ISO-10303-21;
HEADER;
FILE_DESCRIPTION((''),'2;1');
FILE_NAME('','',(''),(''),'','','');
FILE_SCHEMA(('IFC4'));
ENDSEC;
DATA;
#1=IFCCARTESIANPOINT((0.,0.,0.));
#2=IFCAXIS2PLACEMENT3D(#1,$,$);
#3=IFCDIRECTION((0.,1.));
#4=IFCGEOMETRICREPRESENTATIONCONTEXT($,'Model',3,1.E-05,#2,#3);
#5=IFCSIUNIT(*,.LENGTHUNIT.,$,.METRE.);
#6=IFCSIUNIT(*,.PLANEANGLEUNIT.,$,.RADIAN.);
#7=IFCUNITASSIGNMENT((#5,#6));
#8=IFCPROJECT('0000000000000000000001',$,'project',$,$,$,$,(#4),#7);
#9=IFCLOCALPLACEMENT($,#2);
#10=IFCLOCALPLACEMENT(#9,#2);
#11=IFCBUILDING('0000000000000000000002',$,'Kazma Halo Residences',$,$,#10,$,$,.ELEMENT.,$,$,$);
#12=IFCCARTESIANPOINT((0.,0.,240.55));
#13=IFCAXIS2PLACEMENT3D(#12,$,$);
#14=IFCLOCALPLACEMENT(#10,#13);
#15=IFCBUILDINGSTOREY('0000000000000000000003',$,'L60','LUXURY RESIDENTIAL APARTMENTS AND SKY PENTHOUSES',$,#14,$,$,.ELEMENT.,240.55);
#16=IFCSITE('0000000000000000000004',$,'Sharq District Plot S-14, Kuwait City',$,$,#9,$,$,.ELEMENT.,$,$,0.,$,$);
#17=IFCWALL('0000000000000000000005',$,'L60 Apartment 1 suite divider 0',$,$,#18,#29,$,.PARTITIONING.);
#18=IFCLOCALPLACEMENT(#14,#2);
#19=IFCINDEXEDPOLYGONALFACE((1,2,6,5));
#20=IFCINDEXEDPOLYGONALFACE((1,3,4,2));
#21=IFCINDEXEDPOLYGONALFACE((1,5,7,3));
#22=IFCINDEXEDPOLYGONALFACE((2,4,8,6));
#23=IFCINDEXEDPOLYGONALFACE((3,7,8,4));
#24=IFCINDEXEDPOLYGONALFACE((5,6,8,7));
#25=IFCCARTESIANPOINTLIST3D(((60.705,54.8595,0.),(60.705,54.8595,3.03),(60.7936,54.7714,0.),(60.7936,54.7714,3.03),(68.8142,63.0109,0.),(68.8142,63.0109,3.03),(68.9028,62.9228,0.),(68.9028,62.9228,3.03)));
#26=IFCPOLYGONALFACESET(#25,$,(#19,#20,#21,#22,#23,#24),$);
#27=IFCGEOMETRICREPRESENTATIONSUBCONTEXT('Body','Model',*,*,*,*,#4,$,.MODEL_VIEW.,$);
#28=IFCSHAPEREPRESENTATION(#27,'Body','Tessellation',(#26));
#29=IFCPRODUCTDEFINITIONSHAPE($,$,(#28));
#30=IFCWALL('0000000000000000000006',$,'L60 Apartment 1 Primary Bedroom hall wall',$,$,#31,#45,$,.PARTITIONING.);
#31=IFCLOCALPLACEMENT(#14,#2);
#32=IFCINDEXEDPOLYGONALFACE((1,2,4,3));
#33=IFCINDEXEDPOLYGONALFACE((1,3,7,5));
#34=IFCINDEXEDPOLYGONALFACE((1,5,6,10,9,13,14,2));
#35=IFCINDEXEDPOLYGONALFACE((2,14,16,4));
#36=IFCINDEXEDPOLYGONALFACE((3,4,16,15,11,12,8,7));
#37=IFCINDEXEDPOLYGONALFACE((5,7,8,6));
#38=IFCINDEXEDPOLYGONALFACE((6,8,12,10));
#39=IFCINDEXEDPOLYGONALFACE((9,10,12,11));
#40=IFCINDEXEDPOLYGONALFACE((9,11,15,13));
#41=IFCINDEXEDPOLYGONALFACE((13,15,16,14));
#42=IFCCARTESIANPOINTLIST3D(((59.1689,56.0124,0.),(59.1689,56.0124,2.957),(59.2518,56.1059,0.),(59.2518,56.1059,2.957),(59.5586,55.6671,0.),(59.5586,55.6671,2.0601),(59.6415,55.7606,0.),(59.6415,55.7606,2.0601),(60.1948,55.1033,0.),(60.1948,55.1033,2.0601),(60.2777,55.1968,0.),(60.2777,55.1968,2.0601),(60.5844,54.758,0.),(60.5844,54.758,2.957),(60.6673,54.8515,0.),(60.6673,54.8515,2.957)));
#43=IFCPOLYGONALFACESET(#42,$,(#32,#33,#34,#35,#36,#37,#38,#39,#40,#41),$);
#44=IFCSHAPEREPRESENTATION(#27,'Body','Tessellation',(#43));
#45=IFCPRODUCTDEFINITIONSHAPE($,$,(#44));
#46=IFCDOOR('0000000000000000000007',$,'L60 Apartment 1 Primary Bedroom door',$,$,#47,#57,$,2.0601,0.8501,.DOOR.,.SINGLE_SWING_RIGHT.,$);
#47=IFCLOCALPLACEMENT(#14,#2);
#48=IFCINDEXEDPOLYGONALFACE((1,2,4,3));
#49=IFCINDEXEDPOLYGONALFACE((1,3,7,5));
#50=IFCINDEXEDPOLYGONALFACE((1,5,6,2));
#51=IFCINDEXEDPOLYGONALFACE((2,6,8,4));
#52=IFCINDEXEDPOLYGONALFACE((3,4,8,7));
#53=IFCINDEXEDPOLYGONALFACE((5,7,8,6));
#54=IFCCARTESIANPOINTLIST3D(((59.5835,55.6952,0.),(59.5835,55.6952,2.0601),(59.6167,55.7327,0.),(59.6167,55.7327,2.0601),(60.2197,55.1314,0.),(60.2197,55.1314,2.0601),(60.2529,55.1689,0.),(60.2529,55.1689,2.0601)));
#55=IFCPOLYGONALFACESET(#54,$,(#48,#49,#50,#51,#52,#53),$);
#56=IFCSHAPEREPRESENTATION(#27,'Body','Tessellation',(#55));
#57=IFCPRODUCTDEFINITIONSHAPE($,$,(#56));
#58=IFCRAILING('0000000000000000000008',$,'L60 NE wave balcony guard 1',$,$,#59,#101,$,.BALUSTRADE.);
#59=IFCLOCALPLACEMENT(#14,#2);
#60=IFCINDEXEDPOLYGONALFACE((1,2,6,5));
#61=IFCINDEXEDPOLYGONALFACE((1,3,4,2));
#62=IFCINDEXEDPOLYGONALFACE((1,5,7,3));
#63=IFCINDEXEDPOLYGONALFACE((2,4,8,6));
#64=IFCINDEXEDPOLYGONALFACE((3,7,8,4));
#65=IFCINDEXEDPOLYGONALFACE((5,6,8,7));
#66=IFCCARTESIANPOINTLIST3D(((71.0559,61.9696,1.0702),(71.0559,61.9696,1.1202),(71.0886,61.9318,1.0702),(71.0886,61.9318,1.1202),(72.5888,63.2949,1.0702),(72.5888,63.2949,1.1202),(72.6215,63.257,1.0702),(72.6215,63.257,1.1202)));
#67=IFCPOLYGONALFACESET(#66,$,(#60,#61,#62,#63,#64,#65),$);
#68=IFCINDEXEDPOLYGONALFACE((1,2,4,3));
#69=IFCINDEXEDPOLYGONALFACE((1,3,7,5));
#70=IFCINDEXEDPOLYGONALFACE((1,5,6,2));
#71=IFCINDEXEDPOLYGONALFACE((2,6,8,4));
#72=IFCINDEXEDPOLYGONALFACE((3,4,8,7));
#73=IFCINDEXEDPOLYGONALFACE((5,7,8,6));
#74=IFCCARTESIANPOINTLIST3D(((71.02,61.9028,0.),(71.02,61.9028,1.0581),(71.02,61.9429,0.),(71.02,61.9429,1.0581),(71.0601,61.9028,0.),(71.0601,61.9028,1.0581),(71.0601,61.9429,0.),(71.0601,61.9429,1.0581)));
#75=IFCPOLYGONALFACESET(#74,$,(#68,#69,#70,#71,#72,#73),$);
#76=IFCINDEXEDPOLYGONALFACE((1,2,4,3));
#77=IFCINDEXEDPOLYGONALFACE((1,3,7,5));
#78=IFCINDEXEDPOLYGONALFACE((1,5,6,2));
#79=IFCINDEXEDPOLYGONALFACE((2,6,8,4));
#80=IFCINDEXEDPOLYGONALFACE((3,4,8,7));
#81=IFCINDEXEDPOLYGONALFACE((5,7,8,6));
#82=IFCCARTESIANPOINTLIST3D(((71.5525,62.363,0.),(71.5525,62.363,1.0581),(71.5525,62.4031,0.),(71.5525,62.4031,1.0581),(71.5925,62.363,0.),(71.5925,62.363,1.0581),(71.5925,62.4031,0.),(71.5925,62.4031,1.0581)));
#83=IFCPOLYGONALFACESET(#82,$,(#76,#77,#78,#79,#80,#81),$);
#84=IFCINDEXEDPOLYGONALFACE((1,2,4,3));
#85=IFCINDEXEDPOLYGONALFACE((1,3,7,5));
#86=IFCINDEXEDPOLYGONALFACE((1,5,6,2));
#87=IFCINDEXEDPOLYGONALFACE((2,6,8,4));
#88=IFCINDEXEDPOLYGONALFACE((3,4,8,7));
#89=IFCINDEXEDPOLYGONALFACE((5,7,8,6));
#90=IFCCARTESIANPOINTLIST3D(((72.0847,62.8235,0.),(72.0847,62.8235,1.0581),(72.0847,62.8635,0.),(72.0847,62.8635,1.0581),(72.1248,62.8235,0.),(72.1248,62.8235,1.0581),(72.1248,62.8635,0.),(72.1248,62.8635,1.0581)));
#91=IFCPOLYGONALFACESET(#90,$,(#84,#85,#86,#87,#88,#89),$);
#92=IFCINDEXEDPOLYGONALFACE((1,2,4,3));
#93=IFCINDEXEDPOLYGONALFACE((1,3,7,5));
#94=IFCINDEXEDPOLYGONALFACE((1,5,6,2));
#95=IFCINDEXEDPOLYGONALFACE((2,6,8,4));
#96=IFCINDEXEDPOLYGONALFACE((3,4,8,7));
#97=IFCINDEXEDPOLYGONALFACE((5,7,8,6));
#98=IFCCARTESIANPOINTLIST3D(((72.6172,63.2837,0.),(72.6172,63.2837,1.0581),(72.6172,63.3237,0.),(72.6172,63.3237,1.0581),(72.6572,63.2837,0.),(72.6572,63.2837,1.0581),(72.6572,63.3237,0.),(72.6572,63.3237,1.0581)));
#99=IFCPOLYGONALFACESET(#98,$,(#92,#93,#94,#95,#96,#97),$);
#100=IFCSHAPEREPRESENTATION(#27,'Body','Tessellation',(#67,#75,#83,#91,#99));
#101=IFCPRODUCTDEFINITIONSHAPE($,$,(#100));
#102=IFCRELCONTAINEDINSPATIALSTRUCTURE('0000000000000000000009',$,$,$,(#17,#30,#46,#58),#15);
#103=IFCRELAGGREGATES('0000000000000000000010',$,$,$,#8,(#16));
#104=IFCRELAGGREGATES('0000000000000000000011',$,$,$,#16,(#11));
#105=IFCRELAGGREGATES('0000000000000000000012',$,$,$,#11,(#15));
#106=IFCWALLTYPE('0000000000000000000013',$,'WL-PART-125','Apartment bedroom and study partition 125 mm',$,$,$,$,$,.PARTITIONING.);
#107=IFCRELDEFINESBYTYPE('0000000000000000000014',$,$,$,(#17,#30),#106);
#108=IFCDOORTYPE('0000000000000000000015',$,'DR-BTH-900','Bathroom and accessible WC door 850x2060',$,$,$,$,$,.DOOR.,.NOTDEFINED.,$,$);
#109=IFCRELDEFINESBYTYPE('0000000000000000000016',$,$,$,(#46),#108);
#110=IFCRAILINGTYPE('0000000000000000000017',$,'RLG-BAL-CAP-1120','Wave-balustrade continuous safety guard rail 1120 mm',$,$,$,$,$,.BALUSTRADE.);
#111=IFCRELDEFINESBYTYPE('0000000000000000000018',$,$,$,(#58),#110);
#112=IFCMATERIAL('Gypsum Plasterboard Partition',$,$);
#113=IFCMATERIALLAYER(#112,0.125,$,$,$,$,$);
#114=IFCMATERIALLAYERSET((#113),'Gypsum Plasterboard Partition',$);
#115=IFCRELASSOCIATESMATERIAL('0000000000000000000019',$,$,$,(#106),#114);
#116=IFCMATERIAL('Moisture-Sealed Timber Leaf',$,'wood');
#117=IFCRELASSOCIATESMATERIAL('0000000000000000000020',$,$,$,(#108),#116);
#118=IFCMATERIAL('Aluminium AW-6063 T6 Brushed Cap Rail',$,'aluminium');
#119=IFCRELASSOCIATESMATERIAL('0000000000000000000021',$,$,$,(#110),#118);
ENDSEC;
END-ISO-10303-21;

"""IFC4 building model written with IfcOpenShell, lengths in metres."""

from ifc_helpers import new_model, si_unit, direction, frame, frame_2d, origin, origin_2d, place, context, subcontext, project, spatial, rectangle, extrude, material, layer, layer_set, type_object, element, fill, save


model = new_model("IFC4")

# Units and contexts
model_context = context("Model", 3, precision=1e-05, world=origin(), true_north=direction((0.0, 1.0)))
body_context = subcontext(model_context, "Body", "Model", "MODEL_VIEW")
ifc_project = project(units=[si_unit("LENGTHUNIT", "METRE"), si_unit("PLANEANGLEUNIT", "RADIAN")], contexts=[model_context])

# Site, building, storey
site_placement = place(None, origin())
site = spatial("IfcSite", under=ifc_project, at=site_placement, Name="Sharq District Plot S-14, Kuwait City", CompositionType="ELEMENT", RefElevation=0.0)
building_placement = place(site_placement, origin())
building = spatial("IfcBuilding", under=site, at=building_placement, Name="Kazma Halo Residences", CompositionType="ELEMENT")
storey_placement = place(building_placement, frame((0.0, 0.0, 240.55)))
storey = spatial("IfcBuildingStorey", under=building, at=storey_placement, Name="L60", Description="LUXURY RESIDENTIAL APARTMENTS AND SKY PENTHOUSES", CompositionType="ELEMENT", Elevation=240.55)

# Shared definitions
ifc_material_1 = material(Name="Gypsum Plasterboard Partition")
ifc_layer_1 = layer(ifc_material_1, 0.125)
ifc_layer_set_1 = layer_set([ifc_layer_1], Name="Gypsum Plasterboard Partition")
wall_type_1 = type_object("IfcWallType", Name="WL-PART-125", Description="Apartment bedroom and study partition 125 mm", PredefinedType="PARTITIONING", material=ifc_layer_set_1)
ifc_material_2 = material(Name="Moisture-Sealed Timber Leaf", Category="wood")
door_type_1 = type_object("IfcDoorType", Name="DR-BTH-900", Description="Bathroom and accessible WC door 850x2060", OperationType="NOTDEFINED", PredefinedType="DOOR", material=ifc_material_2)

# Wall
wall_1_placement = place(storey_placement, frame((60.7493, 54.8154, 0.0), z_axis=(0.0, 0.0, 1.0), x_axis=(0.705268, 0.708941, 0.0)))
element("IfcWall", 1, at=wall_1_placement, inside=storey, type_object=wall_type_1, Name="L60 Apartment 1 suite divider 0", PredefinedType="PARTITIONING", context=body_context, shape_type="SweptSolid", body=[
    extrude(rectangle(XDim=11.498, YDim=0.125, at=frame_2d((5.749, 0.0))), origin(), (0.0, 0.0, 1.0), 3.03),
])

# Wall, opening, door
wall_2_placement = place(storey_placement, frame((60.626, 54.8047, 0.0), z_axis=(0.0, 0.0, 1.0), x_axis=(-0.74842, 0.663225, 0.0)))
wall_2 = element("IfcWall", 2, at=wall_2_placement, inside=storey, type_object=wall_type_1, Name="L60 Apartment 1 Primary Bedroom hall wall", PredefinedType="PARTITIONING", context=body_context, shape_type="SweptSolid", body=[
    extrude(rectangle(XDim=1.8914, YDim=0.125, at=frame_2d((0.9458, 0.0))), origin(), (0.0, 0.0, 1.0), 2.957),
])
opening_1_placement = place(wall_2_placement, frame((0.5208, 0.0, 0.0)))
opening_1 = element("IfcOpeningElement", 3, at=opening_1_placement, cuts=wall_2, PredefinedType="OPENING", context=body_context, shape_type="SweptSolid", body=[
    extrude(rectangle(XDim=0.8501, YDim=2.0601, at=frame_2d((0.425, 1.03))), frame((0.0, 0.0725, 0.0), z_axis=(0.0, -1.0, 0.0), x_axis=(1.0, 0.0, 0.0)), (0.0, 0.0, 1.0), 0.145),
])
door_1_placement = place(opening_1_placement, origin())
door_1 = element("IfcDoor", 4, at=door_1_placement, inside=storey, type_object=door_type_1, Name="L60 Apartment 1 Primary Bedroom door", OperationType="SINGLE_SWING_RIGHT", OverallHeight=2.0601, OverallWidth=0.8501, PredefinedType="DOOR", context=body_context, shape_type="SweptSolid", body=[
    extrude(rectangle(XDim=0.8501, YDim=2.0601, at=frame_2d((0.425, 1.03))), frame((0.0, 0.0249, 0.0), z_axis=(0.0, -1.0, 0.0), x_axis=(1.0, 0.0, 0.0)), (0.0, 0.0, 1.0), 0.05),
])
fill(opening_1, door_1)

# Railing
ifc_material_3 = material(Name="Aluminium AW-6063 T6 Brushed Cap Rail", Category="aluminium")
railing_type = type_object("IfcRailingType", Name="RLG-BAL-CAP-1120", Description="Wave-balustrade continuous safety guard rail 1120 mm", PredefinedType="BALUSTRADE", material=ifc_material_3)
railing_1_placement = place(storey_placement, frame((71.04, 61.9229, 0.0)))
element("IfcRailing", 5, at=railing_1_placement, inside=storey, type_object=railing_type, Name="L60 NE wave balcony guard 1", PredefinedType="BALUSTRADE", context=body_context, shape_type="SweptSolid", body=[
    extrude(rectangle(XDim=0.05, YDim=0.05, at=origin_2d()), frame((0.0322, 0.0278, 1.0952), z_axis=(0.756474, 0.654023, 0.0), x_axis=(-0.654023, 0.756474, 0.0)), (0.0, 0.0, 1.0), 2.0264),
    extrude(rectangle(XDim=0.04, YDim=0.04, at=origin_2d()), origin(), (0.0, 0.0, 1.0), 1.0581),
    extrude(rectangle(XDim=0.04, YDim=0.04, at=origin_2d()), frame((0.5325, 0.4602, 0.0)), (0.0, 0.0, 1.0), 1.0581),
    extrude(rectangle(XDim=0.04, YDim=0.04, at=origin_2d()), frame((1.0647, 0.9207, 0.0)), (0.0, 0.0, 1.0), 1.0581),
    extrude(rectangle(XDim=0.04, YDim=0.04, at=origin_2d()), frame((1.5972, 1.3809, 0.0)), (0.0, 0.0, 1.0), 1.0581),
])

save(model, "model.ifc")
